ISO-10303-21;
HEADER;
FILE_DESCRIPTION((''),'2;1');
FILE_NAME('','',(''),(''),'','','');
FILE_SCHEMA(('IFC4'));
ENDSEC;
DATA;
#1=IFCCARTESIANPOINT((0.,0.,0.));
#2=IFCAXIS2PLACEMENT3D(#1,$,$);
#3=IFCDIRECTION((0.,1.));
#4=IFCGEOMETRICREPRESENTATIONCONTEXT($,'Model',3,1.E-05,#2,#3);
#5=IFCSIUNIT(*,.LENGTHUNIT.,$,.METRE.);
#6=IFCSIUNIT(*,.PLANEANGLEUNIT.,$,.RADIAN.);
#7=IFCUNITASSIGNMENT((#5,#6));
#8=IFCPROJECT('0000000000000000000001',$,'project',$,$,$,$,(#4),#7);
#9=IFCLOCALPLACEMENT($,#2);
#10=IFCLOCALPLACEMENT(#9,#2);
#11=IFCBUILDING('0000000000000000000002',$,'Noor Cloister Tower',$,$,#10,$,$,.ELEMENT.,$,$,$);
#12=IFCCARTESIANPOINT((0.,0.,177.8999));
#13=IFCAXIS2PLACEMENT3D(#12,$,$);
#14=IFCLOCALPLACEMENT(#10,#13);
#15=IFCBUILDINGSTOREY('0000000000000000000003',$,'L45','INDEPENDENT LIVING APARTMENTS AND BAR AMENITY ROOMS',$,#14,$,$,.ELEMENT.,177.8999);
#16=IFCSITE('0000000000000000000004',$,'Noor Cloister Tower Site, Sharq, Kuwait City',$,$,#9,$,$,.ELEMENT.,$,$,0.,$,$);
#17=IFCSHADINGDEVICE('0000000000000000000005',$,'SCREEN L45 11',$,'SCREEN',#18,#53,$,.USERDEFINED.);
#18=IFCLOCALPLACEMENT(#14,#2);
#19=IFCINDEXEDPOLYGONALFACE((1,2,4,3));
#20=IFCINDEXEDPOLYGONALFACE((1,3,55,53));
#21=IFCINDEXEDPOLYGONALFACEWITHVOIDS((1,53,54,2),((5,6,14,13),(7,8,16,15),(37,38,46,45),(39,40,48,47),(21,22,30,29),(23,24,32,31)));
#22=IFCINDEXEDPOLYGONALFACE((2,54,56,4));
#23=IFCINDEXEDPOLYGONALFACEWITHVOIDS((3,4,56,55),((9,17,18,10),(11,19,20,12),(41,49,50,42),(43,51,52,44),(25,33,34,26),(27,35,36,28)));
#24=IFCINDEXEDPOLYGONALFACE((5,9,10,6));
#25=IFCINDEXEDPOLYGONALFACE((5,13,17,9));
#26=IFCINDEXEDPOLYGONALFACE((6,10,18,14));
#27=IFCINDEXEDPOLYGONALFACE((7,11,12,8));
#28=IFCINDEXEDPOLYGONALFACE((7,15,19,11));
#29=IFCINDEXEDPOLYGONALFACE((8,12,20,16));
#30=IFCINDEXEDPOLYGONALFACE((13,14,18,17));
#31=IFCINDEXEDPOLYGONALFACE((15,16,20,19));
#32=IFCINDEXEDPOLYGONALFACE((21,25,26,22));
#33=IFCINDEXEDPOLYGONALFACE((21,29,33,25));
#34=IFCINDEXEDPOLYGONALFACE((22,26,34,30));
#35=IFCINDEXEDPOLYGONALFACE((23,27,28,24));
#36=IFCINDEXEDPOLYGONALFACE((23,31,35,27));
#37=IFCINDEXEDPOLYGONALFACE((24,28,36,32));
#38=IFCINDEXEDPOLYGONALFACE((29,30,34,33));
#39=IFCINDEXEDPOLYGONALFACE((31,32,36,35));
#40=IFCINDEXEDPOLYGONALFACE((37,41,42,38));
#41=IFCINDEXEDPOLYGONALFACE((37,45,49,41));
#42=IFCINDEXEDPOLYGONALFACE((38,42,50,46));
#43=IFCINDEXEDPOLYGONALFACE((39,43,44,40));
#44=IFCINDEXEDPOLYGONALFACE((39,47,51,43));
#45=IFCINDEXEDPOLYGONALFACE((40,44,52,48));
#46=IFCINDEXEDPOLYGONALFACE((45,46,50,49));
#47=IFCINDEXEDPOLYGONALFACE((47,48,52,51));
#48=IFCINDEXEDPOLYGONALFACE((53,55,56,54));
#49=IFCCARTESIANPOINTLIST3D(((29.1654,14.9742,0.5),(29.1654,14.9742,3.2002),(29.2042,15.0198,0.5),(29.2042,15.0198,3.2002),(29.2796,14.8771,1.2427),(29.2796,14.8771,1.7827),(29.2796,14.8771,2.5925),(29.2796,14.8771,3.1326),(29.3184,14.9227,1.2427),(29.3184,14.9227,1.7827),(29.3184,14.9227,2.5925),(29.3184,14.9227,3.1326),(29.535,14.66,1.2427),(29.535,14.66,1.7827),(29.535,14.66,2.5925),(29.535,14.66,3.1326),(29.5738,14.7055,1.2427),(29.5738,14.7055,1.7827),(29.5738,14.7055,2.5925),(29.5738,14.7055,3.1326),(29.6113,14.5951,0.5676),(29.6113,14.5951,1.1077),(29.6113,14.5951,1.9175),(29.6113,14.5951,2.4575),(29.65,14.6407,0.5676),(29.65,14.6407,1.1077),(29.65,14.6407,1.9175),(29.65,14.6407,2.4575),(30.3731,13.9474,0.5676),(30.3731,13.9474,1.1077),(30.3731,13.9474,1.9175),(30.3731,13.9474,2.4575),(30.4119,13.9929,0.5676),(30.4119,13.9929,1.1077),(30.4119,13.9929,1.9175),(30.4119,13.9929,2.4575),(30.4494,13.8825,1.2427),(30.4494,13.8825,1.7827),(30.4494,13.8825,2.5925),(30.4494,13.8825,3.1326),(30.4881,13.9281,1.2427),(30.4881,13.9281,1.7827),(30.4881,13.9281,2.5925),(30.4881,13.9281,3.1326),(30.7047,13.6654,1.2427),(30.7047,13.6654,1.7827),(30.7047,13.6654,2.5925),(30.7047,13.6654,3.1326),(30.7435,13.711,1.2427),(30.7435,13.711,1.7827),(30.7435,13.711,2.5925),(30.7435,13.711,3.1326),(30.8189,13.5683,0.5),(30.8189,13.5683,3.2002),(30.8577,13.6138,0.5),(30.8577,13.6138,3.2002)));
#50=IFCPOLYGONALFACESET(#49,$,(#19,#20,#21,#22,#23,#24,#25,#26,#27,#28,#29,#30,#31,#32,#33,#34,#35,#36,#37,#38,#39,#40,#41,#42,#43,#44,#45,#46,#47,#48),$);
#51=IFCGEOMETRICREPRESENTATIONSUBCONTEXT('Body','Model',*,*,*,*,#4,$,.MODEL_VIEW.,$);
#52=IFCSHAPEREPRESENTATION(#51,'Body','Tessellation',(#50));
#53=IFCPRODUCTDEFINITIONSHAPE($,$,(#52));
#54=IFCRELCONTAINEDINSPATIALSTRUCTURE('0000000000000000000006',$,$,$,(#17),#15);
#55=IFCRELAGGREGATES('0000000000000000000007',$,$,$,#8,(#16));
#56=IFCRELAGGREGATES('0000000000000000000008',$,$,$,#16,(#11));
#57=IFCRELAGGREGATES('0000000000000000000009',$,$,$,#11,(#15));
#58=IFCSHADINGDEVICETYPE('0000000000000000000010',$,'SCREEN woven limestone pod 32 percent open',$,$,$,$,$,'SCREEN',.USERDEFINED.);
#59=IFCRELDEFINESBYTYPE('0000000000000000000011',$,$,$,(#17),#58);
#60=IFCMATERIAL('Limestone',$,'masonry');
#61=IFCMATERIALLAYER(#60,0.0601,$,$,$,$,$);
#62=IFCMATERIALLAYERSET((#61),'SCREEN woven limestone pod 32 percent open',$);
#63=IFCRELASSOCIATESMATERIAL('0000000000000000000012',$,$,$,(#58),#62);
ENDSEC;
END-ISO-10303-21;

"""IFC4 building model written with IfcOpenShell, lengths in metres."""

from ifc_helpers import new_model, si_unit, direction, frame, origin, place, context, subcontext, project, spatial, polyline, outline, extrude, material, layer, layer_set, type_object, element, save


model = new_model("IFC4")

# Units and contexts
model_context = context("Model", 3, precision=1e-05, world=origin(), true_north=direction((0.0, 1.0)))
body_context = subcontext(model_context, "Body", "Model", "MODEL_VIEW")
ifc_project = project(units=[si_unit("LENGTHUNIT", "METRE"), si_unit("PLANEANGLEUNIT", "RADIAN")], contexts=[model_context])

# Site, building, storey
site_placement = place(None, origin())
site = spatial("IfcSite", under=ifc_project, at=site_placement, Name="Noor Cloister Tower Site, Sharq, Kuwait City", CompositionType="ELEMENT", RefElevation=0.0)
building_placement = place(site_placement, origin())
building = spatial("IfcBuilding", under=site, at=building_placement, Name="Noor Cloister Tower", CompositionType="ELEMENT")
storey_placement = place(building_placement, frame((0.0, 0.0, 177.8999)))
storey = spatial("IfcBuildingStorey", under=building, at=storey_placement, Name="L45", Description="INDEPENDENT LIVING APARTMENTS AND BAR AMENITY ROOMS", CompositionType="ELEMENT", Elevation=177.8999)

# Shading device
ifc_material_1 = material(Name="Limestone", Category="masonry")
ifc_layer_1 = layer(ifc_material_1, 0.0601)
ifc_layer_set_1 = layer_set([ifc_layer_1], Name="SCREEN woven limestone pod 32 percent open")
shading_device_type = type_object("IfcShadingDeviceType", Name="SCREEN woven limestone pod 32 percent open", ElementType="SCREEN", PredefinedType="USERDEFINED", material=ifc_layer_set_1)
shading_device_1_placement = place(storey_placement, frame((29.9922, 14.2712, 1.8501), z_axis=(0.647767, 0.761839, 0.0), x_axis=(-0.761839, 0.647767, 0.0)))
element("IfcShadingDevice", 1, at=shading_device_1_placement, inside=storey, type_object=shading_device_type, Name="SCREEN L45 11", ObjectType="SCREEN", PredefinedType="USERDEFINED", context=body_context, shape_type="SweptSolid", body=[
    extrude(outline(polyline([(-1.0852, -1.3501), (1.0852, -1.3501), (1.0852, 1.3501), (-1.0852, 1.3501), (-1.0852, -1.3501)]), holes=[polyline([(-0.5, -1.2825), (0.5, -1.2825), (0.5, -0.7424), (-0.5, -0.7424), (-0.5, -1.2825)]), polyline([(0.6001, -0.6074), (0.9353, -0.6074), (0.9353, -0.0674), (0.6001, -0.0674), (0.6001, -0.6074)]), polyline([(-0.9353, -0.6074), (-0.6001, -0.6074), (-0.6001, -0.0674), (-0.9353, -0.0674), (-0.9353, -0.6074)]), polyline([(-0.5, 0.0674), (0.5, 0.0674), (0.5, 0.6074), (-0.5, 0.6074), (-0.5, 0.0674)]), polyline([(0.6001, 0.7424), (0.9353, 0.7424), (0.9353, 1.2825), (0.6001, 1.2825), (0.6001, 0.7424)]), polyline([(-0.9353, 0.7424), (-0.6001, 0.7424), (-0.6001, 1.2825), (-0.9353, 1.2825), (-0.9353, 0.7424)])]), origin(), (0.0, 0.0, 1.0), 0.0598),
])

save(model, "model.ifc")
